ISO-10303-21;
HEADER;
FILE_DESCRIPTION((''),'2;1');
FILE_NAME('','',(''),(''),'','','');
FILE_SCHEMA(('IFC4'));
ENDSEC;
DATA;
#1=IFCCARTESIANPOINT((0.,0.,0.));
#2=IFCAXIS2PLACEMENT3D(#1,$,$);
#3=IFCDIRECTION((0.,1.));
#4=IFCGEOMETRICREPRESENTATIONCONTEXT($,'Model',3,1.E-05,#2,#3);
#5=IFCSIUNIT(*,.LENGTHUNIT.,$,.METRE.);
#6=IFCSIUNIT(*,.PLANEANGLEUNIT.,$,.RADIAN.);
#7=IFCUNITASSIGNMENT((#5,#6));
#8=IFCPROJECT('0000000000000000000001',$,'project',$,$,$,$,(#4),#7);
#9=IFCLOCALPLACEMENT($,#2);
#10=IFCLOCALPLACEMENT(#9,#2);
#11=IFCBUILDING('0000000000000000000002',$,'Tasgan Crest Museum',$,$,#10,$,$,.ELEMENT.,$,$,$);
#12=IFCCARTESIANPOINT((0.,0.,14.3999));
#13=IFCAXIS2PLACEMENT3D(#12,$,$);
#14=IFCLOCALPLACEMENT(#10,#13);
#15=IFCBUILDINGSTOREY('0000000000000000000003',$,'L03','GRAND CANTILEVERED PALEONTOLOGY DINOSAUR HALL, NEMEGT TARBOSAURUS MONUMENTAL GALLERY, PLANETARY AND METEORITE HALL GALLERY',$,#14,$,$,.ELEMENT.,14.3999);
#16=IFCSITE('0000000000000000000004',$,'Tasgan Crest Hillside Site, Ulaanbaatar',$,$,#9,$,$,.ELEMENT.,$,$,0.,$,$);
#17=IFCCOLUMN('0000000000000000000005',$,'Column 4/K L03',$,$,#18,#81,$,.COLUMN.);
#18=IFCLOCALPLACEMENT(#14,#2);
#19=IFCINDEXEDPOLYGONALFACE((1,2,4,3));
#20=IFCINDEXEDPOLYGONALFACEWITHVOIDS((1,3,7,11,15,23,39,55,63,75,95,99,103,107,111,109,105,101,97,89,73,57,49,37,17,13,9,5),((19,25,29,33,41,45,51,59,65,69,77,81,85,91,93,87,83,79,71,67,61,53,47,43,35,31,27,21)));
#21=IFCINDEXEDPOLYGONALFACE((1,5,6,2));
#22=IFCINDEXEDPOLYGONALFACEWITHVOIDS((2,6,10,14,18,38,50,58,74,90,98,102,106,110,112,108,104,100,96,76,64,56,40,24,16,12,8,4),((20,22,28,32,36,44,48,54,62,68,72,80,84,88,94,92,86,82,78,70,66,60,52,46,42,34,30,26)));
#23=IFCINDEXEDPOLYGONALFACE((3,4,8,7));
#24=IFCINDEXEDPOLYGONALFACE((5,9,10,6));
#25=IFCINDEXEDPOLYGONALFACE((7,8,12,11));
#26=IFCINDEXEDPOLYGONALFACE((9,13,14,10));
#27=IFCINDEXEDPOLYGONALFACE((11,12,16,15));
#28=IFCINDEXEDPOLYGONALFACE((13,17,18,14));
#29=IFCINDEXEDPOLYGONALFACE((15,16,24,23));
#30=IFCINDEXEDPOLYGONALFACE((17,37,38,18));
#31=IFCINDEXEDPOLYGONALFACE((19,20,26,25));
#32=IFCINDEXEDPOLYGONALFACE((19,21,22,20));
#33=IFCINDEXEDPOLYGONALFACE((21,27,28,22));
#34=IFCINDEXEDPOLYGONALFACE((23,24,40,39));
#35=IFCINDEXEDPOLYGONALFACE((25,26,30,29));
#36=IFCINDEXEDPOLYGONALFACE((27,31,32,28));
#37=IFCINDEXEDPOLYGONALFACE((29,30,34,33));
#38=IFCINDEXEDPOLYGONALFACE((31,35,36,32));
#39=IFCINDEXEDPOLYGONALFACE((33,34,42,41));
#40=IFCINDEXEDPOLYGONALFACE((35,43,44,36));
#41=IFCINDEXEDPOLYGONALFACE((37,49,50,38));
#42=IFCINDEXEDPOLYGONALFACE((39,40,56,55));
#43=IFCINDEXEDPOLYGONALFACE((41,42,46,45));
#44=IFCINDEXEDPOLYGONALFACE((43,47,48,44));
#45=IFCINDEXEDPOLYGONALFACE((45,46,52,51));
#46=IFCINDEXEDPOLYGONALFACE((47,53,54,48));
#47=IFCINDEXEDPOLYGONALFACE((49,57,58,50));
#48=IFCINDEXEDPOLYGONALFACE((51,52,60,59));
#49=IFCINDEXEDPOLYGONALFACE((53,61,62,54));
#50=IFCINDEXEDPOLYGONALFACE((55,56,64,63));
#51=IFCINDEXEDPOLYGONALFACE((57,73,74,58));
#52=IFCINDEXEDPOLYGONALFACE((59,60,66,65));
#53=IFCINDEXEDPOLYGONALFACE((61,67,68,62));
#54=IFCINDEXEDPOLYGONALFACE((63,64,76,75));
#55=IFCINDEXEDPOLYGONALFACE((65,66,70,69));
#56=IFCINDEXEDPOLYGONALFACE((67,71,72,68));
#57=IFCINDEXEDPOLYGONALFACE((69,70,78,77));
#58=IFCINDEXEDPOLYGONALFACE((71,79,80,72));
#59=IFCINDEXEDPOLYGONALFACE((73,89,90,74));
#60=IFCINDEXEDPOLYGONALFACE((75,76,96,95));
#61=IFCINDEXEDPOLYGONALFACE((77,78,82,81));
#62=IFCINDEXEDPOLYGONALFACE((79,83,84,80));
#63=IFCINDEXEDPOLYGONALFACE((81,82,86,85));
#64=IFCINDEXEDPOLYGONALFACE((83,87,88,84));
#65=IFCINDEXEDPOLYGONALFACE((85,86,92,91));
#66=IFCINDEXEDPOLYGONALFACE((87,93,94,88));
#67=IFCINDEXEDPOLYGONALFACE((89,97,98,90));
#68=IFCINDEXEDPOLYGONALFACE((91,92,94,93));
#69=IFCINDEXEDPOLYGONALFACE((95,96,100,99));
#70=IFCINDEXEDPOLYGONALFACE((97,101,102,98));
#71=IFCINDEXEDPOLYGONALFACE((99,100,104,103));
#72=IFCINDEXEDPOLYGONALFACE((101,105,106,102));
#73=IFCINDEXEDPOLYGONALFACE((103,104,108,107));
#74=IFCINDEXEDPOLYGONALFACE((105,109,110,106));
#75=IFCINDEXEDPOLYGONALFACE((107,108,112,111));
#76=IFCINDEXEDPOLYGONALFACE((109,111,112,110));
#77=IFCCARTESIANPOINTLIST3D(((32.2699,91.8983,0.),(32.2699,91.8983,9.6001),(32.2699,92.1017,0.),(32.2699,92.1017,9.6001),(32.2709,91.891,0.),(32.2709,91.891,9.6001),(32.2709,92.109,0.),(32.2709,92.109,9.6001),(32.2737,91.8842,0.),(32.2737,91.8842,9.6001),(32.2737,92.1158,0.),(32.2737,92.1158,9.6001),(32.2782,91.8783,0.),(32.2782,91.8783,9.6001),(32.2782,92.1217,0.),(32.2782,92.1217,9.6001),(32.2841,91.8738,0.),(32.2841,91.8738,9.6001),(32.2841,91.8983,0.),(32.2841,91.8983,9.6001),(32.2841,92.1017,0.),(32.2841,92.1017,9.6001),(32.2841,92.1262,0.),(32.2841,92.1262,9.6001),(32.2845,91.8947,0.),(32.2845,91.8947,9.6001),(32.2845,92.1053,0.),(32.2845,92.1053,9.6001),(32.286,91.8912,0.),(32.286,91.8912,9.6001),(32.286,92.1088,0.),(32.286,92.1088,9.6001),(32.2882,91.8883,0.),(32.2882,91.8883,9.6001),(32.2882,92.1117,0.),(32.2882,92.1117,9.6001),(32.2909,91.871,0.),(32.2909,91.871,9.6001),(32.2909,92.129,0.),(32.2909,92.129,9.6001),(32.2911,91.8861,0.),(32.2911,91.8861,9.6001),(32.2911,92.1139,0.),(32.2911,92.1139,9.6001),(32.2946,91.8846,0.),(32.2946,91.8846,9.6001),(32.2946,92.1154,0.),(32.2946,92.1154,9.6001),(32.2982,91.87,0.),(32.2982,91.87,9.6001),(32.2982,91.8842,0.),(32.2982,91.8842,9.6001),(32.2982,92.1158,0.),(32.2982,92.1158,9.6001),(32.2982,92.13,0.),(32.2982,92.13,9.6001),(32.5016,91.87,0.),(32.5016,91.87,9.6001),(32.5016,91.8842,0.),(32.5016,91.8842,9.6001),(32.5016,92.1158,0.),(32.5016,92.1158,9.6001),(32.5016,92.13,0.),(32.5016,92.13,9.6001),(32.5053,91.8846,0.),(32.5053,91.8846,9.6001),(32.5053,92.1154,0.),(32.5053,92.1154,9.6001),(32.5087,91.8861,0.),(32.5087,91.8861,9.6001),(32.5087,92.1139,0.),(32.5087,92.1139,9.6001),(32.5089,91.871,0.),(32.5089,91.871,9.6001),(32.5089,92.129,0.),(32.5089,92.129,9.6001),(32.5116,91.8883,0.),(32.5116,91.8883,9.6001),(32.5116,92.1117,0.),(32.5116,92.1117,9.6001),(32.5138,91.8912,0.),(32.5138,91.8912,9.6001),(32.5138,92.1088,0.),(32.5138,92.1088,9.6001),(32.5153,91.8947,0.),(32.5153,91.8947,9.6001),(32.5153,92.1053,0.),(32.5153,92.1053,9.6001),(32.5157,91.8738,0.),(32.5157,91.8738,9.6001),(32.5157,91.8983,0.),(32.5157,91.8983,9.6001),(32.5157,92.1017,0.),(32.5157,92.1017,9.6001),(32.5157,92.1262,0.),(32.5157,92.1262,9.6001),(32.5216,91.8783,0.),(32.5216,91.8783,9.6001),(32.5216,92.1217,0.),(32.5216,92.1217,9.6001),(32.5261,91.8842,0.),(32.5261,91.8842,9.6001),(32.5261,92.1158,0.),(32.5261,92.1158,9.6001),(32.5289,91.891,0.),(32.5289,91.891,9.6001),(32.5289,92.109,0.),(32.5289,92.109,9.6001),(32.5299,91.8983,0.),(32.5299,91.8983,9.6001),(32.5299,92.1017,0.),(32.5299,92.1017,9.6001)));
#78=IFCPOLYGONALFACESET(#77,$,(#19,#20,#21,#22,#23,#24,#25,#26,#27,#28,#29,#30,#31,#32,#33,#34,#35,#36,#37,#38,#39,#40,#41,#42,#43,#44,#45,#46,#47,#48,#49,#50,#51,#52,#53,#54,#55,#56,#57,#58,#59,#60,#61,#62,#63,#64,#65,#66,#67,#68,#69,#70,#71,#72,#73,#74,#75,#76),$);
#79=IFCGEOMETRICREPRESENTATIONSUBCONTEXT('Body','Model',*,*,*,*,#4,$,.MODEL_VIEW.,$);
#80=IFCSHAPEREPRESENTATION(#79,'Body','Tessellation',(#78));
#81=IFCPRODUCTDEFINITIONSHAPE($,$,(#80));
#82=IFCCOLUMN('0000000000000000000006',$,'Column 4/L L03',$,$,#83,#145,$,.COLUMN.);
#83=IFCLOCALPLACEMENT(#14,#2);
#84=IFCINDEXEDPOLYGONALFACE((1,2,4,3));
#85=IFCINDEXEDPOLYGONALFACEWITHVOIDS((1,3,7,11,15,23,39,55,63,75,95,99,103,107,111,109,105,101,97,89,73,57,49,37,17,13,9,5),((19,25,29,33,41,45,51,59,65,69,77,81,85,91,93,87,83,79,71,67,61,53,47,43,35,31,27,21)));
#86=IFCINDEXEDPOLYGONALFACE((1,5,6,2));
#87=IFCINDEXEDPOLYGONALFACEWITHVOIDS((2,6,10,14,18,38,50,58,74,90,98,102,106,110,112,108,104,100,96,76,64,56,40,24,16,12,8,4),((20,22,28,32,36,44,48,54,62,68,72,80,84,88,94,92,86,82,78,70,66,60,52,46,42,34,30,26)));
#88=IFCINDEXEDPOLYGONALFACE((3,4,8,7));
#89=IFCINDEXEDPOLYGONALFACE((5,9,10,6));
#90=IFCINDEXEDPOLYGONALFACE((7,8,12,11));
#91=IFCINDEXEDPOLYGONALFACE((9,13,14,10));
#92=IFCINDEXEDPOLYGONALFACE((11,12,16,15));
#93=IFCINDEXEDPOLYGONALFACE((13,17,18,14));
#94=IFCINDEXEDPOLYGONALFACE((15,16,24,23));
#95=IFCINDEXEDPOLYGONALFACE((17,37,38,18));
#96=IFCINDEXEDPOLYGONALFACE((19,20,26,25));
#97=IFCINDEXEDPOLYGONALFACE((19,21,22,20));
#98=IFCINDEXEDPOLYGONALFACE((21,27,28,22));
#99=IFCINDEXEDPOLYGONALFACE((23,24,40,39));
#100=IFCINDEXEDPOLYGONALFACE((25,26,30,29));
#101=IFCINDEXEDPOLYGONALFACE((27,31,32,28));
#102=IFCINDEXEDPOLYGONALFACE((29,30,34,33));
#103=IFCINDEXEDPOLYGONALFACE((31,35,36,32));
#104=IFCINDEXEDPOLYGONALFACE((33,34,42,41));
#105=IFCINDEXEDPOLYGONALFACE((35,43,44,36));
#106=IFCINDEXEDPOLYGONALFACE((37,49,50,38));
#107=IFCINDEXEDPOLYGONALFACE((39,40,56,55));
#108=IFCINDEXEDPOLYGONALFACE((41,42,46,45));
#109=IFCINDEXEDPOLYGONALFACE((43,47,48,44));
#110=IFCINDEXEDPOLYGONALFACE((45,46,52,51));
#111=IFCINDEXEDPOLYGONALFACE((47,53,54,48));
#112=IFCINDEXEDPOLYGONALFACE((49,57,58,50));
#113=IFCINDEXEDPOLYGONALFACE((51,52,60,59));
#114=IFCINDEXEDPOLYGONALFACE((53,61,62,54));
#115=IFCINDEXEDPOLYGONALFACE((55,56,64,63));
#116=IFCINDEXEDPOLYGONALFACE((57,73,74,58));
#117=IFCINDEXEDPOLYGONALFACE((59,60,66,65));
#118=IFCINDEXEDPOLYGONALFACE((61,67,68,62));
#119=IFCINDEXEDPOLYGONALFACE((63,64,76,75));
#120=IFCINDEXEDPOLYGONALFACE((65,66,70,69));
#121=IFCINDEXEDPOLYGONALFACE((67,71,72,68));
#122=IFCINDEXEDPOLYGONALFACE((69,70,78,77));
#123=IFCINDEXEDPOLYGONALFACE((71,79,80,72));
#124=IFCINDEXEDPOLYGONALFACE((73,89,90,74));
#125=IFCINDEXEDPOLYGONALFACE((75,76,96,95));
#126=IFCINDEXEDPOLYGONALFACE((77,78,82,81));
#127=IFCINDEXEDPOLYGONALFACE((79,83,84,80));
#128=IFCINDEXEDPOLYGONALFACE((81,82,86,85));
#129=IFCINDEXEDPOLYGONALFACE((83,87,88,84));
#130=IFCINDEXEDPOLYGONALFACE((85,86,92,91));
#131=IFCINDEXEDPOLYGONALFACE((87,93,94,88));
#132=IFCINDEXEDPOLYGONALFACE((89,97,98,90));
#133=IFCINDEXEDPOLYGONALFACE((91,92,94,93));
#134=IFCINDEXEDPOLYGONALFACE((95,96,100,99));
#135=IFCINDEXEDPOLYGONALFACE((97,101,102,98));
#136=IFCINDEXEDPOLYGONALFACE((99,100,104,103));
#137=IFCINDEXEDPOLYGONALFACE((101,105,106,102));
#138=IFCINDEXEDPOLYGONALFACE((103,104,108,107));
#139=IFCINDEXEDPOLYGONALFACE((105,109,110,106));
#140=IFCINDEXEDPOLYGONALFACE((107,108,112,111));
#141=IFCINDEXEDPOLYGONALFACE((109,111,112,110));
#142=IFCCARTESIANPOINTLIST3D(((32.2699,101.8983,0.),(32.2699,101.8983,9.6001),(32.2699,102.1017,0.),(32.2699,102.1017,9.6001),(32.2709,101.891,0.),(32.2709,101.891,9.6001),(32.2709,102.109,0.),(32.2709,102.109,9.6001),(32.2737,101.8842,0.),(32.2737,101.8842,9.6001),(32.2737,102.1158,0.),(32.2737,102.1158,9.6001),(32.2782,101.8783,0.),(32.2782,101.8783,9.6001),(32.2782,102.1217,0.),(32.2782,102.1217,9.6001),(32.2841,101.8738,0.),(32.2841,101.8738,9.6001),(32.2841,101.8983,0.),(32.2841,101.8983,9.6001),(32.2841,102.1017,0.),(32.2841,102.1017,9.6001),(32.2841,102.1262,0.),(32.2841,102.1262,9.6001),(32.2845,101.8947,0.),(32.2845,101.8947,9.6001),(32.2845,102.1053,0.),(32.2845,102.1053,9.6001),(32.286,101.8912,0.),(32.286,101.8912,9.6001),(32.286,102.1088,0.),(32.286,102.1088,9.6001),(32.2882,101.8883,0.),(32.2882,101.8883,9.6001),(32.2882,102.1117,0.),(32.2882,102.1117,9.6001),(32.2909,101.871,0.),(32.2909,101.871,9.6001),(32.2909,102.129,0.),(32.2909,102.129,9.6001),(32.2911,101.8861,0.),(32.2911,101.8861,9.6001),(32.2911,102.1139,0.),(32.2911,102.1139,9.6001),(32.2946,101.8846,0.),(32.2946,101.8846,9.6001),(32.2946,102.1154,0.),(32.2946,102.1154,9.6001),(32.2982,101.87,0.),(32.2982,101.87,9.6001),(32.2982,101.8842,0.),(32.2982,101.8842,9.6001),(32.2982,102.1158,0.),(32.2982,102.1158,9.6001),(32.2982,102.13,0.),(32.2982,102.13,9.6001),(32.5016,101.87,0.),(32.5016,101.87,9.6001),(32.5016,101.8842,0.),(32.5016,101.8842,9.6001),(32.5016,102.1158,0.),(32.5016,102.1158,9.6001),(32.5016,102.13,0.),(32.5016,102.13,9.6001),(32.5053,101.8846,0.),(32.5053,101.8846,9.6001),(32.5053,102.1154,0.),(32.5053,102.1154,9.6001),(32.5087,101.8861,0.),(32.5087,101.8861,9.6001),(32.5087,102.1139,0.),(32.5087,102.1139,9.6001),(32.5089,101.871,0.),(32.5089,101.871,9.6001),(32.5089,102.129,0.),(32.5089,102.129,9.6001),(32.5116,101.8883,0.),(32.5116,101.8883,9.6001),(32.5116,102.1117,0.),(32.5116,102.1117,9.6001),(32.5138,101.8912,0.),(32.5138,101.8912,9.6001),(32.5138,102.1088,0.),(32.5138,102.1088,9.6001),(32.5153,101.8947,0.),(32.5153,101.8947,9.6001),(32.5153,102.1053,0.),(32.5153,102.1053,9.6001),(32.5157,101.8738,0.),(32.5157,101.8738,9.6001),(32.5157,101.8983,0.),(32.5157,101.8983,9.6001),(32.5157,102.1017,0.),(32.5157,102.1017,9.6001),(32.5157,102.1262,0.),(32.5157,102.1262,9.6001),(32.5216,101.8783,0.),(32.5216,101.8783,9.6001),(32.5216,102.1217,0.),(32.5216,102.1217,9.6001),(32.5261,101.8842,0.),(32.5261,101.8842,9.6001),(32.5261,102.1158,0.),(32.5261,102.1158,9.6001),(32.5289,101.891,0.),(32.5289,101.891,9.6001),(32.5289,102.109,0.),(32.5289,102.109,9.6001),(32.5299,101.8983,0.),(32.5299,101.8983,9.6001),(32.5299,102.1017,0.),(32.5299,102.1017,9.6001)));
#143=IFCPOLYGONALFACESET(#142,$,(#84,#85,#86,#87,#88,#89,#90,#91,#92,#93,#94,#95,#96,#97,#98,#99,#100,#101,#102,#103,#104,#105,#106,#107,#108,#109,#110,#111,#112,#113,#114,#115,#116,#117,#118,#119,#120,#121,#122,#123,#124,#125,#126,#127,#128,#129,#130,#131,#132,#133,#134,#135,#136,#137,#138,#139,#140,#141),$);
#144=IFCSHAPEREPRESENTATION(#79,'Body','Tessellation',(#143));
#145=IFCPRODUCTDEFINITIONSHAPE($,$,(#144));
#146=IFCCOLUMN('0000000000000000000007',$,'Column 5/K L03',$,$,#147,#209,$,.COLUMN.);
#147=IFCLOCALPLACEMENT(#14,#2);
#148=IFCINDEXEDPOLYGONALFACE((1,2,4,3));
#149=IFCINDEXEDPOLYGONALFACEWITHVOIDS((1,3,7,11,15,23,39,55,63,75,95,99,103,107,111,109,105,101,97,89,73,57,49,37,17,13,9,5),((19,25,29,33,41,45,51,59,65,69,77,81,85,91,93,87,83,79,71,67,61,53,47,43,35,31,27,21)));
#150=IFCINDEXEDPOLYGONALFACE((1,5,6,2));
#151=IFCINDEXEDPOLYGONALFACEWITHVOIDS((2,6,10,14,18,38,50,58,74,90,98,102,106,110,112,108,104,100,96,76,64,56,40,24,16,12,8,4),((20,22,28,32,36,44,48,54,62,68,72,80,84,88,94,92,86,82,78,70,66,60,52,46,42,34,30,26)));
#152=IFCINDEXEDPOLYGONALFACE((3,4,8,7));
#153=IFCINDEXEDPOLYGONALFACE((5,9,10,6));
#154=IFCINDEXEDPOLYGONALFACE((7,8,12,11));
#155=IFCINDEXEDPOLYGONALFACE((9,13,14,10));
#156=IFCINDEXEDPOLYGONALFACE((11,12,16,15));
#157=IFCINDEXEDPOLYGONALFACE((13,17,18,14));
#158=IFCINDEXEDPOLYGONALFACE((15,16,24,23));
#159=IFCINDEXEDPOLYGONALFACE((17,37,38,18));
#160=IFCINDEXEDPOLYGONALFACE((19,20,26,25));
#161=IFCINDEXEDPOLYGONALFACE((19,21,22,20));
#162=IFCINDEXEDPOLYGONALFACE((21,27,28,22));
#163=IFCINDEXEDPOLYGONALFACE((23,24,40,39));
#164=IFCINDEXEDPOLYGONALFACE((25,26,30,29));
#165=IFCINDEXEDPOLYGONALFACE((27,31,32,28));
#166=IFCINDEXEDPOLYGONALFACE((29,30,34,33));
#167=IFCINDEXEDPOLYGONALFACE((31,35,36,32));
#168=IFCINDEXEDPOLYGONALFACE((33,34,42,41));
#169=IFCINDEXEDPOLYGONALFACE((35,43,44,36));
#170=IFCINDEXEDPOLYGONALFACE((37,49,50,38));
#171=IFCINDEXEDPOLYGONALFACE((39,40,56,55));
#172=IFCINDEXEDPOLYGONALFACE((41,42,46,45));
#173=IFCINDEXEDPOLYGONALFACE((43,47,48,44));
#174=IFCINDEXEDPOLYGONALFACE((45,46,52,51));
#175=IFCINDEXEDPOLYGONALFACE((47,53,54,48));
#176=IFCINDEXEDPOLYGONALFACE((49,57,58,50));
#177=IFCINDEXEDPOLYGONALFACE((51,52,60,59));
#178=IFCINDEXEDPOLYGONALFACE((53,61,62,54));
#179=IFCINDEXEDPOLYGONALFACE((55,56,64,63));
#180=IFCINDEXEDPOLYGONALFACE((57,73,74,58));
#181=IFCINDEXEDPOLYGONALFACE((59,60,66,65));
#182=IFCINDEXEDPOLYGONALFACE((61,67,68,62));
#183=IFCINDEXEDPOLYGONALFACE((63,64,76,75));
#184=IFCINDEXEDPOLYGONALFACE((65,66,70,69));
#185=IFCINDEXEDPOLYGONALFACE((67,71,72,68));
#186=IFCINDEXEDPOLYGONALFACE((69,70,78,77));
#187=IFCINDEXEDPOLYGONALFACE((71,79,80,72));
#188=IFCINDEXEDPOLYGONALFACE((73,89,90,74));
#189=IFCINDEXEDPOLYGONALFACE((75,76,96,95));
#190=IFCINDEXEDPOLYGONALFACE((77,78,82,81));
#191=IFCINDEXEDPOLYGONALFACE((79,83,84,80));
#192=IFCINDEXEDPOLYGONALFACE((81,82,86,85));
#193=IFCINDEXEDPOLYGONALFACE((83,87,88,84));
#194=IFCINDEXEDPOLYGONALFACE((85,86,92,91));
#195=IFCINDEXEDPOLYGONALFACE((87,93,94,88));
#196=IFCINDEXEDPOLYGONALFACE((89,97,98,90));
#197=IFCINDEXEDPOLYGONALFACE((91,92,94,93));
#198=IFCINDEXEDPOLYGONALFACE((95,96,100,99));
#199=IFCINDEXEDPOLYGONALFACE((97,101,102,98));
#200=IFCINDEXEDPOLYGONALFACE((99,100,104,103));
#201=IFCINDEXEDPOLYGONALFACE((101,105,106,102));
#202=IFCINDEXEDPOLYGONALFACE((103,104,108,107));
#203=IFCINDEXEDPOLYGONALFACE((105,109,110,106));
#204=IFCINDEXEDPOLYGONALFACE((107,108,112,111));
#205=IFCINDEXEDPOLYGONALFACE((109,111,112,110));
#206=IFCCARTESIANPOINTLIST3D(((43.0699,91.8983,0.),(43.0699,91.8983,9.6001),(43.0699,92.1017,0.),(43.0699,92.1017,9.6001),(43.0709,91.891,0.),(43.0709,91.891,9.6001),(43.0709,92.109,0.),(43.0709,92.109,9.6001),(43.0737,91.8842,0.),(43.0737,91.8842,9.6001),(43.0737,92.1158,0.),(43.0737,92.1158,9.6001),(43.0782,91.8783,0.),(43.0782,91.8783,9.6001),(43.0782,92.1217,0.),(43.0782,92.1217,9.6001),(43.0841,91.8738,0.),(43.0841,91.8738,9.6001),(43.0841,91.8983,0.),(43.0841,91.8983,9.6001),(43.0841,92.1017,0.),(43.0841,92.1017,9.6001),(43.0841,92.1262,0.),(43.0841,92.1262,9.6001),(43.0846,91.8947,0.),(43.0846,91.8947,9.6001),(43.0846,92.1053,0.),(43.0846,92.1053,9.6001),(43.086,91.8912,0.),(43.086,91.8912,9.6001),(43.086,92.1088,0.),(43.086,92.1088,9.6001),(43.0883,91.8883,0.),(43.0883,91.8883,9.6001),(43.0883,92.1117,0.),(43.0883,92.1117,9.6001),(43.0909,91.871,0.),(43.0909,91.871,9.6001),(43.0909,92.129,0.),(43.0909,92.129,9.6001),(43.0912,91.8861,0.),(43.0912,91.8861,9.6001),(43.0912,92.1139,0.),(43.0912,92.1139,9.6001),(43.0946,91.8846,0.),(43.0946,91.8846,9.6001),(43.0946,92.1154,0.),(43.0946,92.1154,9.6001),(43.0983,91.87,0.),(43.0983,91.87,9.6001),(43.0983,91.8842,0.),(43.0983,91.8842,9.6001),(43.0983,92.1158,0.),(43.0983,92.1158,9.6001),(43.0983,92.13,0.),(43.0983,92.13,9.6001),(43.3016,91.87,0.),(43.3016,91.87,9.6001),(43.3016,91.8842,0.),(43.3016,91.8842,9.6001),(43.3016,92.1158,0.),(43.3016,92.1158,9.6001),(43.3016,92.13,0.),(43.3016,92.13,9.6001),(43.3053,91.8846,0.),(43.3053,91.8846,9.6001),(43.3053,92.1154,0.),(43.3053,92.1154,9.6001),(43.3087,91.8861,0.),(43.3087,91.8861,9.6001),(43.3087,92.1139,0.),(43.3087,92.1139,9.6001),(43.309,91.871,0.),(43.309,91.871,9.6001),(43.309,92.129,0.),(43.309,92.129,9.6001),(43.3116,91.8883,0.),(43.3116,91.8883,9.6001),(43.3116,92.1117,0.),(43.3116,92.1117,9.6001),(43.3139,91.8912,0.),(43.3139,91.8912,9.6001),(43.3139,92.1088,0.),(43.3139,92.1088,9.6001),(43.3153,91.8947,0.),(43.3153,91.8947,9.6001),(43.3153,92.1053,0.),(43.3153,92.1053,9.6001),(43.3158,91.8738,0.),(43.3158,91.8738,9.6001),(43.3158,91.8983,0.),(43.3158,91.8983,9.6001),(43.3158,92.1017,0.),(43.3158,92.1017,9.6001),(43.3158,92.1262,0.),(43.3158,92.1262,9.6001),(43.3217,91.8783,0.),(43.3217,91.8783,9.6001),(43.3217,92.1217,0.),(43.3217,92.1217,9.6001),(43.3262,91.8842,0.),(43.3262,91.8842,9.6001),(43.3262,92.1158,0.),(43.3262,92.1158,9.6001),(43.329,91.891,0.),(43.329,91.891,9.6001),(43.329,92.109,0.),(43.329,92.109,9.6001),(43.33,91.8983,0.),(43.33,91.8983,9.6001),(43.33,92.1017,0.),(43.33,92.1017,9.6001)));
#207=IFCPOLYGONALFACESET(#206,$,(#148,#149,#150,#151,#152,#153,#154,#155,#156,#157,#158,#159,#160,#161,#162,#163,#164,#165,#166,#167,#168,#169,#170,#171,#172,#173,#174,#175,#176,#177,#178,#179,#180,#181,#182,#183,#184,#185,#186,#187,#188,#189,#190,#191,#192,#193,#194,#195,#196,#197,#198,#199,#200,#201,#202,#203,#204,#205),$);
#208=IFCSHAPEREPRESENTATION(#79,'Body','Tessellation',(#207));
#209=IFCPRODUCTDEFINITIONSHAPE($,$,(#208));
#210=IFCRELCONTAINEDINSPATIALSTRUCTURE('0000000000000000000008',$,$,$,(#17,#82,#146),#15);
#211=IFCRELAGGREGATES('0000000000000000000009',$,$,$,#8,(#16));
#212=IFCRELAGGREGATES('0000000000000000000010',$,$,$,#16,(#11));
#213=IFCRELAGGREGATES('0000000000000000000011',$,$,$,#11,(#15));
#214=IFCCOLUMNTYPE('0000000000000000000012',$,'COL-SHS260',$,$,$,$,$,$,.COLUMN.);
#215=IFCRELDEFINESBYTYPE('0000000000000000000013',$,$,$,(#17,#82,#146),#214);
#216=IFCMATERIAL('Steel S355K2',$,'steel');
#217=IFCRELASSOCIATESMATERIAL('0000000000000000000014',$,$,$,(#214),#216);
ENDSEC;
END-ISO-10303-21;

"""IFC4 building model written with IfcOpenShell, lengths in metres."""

from ifc_helpers import new_model, si_unit, direction, frame, origin, origin_2d, place, context, subcontext, project, spatial, hollow_rectangle, extrude, material, material_profile, profile_set, type_object, element, save


model = new_model("IFC4")

# Units and contexts
model_context = context("Model", 3, precision=1e-05, world=origin(), true_north=direction((0.0, 1.0)))
body_context = subcontext(model_context, "Body", "Model", "MODEL_VIEW")
ifc_project = project(units=[si_unit("LENGTHUNIT", "METRE"), si_unit("PLANEANGLEUNIT", "RADIAN")], contexts=[model_context])

# Site, building, storey
site_placement = place(None, origin())
site = spatial("IfcSite", under=ifc_project, at=site_placement, Name="Tasgan Crest Hillside Site, Ulaanbaatar", CompositionType="ELEMENT", RefElevation=0.0)
building_placement = place(site_placement, origin())
building = spatial("IfcBuilding", under=site, at=building_placement, Name="Tasgan Crest Museum", CompositionType="ELEMENT")
storey_placement = place(building_placement, frame((0.0, 0.0, 14.3999)))
storey = spatial("IfcBuildingStorey", under=building, at=storey_placement, Name="L03", Description="GRAND CANTILEVERED PALEONTOLOGY DINOSAUR HALL, NEMEGT TARBOSAURUS MONUMENTAL GALLERY, PLANETARY AND METEORITE HALL GALLERY", CompositionType="ELEMENT", Elevation=14.3999)

# Columns
ifc_material_1 = material(Name="Steel S355K2", Category="steel")
ifc_material_profile_1 = material_profile(ifc_material_1, hollow_rectangle(XDim=0.26, YDim=0.26, WallThickness=0.0142, InnerFilletRadius=0.0142, OuterFilletRadius=0.0283, at=origin_2d()), Name="SHS 260x260x14.2")
ifc_profile_set_1 = profile_set([ifc_material_profile_1], Name="Steel S355K2")
column_type = type_object("IfcColumnType", Name="COL-SHS260", PredefinedType="COLUMN", material=ifc_profile_set_1)
for number, where, z_axis, x_axis, name in (
    (1, (32.3999, 92.0, 0.0), (0.0, 0.0, 1.0), (1.0, 0.0, 0.0), "Column 4/K L03"),
    (2, (32.3999, 102.0, 0.0), (0.0, 0.0, 1.0), (1.0, 0.0, 0.0), "Column 4/L L03"),
    (3, (43.2, 92.0, 0.0), (0.0, 0.0, 1.0), (1.0, 0.0, 0.0), "Column 5/K L03"),
):
    element("IfcColumn", number, at=place(storey_placement, frame(where, z_axis=z_axis, x_axis=x_axis)), inside=storey, type_object=column_type, Name=name, PredefinedType="COLUMN", context=body_context, shape_type="SweptSolid", body=[
        extrude(hollow_rectangle(XDim=0.26, YDim=0.26, WallThickness=0.0142, InnerFilletRadius=0.0142, OuterFilletRadius=0.0283, at=origin_2d()), origin(), (0.0, 0.0, 1.0), 9.6001),
    ])

save(model, "model.ifc")
